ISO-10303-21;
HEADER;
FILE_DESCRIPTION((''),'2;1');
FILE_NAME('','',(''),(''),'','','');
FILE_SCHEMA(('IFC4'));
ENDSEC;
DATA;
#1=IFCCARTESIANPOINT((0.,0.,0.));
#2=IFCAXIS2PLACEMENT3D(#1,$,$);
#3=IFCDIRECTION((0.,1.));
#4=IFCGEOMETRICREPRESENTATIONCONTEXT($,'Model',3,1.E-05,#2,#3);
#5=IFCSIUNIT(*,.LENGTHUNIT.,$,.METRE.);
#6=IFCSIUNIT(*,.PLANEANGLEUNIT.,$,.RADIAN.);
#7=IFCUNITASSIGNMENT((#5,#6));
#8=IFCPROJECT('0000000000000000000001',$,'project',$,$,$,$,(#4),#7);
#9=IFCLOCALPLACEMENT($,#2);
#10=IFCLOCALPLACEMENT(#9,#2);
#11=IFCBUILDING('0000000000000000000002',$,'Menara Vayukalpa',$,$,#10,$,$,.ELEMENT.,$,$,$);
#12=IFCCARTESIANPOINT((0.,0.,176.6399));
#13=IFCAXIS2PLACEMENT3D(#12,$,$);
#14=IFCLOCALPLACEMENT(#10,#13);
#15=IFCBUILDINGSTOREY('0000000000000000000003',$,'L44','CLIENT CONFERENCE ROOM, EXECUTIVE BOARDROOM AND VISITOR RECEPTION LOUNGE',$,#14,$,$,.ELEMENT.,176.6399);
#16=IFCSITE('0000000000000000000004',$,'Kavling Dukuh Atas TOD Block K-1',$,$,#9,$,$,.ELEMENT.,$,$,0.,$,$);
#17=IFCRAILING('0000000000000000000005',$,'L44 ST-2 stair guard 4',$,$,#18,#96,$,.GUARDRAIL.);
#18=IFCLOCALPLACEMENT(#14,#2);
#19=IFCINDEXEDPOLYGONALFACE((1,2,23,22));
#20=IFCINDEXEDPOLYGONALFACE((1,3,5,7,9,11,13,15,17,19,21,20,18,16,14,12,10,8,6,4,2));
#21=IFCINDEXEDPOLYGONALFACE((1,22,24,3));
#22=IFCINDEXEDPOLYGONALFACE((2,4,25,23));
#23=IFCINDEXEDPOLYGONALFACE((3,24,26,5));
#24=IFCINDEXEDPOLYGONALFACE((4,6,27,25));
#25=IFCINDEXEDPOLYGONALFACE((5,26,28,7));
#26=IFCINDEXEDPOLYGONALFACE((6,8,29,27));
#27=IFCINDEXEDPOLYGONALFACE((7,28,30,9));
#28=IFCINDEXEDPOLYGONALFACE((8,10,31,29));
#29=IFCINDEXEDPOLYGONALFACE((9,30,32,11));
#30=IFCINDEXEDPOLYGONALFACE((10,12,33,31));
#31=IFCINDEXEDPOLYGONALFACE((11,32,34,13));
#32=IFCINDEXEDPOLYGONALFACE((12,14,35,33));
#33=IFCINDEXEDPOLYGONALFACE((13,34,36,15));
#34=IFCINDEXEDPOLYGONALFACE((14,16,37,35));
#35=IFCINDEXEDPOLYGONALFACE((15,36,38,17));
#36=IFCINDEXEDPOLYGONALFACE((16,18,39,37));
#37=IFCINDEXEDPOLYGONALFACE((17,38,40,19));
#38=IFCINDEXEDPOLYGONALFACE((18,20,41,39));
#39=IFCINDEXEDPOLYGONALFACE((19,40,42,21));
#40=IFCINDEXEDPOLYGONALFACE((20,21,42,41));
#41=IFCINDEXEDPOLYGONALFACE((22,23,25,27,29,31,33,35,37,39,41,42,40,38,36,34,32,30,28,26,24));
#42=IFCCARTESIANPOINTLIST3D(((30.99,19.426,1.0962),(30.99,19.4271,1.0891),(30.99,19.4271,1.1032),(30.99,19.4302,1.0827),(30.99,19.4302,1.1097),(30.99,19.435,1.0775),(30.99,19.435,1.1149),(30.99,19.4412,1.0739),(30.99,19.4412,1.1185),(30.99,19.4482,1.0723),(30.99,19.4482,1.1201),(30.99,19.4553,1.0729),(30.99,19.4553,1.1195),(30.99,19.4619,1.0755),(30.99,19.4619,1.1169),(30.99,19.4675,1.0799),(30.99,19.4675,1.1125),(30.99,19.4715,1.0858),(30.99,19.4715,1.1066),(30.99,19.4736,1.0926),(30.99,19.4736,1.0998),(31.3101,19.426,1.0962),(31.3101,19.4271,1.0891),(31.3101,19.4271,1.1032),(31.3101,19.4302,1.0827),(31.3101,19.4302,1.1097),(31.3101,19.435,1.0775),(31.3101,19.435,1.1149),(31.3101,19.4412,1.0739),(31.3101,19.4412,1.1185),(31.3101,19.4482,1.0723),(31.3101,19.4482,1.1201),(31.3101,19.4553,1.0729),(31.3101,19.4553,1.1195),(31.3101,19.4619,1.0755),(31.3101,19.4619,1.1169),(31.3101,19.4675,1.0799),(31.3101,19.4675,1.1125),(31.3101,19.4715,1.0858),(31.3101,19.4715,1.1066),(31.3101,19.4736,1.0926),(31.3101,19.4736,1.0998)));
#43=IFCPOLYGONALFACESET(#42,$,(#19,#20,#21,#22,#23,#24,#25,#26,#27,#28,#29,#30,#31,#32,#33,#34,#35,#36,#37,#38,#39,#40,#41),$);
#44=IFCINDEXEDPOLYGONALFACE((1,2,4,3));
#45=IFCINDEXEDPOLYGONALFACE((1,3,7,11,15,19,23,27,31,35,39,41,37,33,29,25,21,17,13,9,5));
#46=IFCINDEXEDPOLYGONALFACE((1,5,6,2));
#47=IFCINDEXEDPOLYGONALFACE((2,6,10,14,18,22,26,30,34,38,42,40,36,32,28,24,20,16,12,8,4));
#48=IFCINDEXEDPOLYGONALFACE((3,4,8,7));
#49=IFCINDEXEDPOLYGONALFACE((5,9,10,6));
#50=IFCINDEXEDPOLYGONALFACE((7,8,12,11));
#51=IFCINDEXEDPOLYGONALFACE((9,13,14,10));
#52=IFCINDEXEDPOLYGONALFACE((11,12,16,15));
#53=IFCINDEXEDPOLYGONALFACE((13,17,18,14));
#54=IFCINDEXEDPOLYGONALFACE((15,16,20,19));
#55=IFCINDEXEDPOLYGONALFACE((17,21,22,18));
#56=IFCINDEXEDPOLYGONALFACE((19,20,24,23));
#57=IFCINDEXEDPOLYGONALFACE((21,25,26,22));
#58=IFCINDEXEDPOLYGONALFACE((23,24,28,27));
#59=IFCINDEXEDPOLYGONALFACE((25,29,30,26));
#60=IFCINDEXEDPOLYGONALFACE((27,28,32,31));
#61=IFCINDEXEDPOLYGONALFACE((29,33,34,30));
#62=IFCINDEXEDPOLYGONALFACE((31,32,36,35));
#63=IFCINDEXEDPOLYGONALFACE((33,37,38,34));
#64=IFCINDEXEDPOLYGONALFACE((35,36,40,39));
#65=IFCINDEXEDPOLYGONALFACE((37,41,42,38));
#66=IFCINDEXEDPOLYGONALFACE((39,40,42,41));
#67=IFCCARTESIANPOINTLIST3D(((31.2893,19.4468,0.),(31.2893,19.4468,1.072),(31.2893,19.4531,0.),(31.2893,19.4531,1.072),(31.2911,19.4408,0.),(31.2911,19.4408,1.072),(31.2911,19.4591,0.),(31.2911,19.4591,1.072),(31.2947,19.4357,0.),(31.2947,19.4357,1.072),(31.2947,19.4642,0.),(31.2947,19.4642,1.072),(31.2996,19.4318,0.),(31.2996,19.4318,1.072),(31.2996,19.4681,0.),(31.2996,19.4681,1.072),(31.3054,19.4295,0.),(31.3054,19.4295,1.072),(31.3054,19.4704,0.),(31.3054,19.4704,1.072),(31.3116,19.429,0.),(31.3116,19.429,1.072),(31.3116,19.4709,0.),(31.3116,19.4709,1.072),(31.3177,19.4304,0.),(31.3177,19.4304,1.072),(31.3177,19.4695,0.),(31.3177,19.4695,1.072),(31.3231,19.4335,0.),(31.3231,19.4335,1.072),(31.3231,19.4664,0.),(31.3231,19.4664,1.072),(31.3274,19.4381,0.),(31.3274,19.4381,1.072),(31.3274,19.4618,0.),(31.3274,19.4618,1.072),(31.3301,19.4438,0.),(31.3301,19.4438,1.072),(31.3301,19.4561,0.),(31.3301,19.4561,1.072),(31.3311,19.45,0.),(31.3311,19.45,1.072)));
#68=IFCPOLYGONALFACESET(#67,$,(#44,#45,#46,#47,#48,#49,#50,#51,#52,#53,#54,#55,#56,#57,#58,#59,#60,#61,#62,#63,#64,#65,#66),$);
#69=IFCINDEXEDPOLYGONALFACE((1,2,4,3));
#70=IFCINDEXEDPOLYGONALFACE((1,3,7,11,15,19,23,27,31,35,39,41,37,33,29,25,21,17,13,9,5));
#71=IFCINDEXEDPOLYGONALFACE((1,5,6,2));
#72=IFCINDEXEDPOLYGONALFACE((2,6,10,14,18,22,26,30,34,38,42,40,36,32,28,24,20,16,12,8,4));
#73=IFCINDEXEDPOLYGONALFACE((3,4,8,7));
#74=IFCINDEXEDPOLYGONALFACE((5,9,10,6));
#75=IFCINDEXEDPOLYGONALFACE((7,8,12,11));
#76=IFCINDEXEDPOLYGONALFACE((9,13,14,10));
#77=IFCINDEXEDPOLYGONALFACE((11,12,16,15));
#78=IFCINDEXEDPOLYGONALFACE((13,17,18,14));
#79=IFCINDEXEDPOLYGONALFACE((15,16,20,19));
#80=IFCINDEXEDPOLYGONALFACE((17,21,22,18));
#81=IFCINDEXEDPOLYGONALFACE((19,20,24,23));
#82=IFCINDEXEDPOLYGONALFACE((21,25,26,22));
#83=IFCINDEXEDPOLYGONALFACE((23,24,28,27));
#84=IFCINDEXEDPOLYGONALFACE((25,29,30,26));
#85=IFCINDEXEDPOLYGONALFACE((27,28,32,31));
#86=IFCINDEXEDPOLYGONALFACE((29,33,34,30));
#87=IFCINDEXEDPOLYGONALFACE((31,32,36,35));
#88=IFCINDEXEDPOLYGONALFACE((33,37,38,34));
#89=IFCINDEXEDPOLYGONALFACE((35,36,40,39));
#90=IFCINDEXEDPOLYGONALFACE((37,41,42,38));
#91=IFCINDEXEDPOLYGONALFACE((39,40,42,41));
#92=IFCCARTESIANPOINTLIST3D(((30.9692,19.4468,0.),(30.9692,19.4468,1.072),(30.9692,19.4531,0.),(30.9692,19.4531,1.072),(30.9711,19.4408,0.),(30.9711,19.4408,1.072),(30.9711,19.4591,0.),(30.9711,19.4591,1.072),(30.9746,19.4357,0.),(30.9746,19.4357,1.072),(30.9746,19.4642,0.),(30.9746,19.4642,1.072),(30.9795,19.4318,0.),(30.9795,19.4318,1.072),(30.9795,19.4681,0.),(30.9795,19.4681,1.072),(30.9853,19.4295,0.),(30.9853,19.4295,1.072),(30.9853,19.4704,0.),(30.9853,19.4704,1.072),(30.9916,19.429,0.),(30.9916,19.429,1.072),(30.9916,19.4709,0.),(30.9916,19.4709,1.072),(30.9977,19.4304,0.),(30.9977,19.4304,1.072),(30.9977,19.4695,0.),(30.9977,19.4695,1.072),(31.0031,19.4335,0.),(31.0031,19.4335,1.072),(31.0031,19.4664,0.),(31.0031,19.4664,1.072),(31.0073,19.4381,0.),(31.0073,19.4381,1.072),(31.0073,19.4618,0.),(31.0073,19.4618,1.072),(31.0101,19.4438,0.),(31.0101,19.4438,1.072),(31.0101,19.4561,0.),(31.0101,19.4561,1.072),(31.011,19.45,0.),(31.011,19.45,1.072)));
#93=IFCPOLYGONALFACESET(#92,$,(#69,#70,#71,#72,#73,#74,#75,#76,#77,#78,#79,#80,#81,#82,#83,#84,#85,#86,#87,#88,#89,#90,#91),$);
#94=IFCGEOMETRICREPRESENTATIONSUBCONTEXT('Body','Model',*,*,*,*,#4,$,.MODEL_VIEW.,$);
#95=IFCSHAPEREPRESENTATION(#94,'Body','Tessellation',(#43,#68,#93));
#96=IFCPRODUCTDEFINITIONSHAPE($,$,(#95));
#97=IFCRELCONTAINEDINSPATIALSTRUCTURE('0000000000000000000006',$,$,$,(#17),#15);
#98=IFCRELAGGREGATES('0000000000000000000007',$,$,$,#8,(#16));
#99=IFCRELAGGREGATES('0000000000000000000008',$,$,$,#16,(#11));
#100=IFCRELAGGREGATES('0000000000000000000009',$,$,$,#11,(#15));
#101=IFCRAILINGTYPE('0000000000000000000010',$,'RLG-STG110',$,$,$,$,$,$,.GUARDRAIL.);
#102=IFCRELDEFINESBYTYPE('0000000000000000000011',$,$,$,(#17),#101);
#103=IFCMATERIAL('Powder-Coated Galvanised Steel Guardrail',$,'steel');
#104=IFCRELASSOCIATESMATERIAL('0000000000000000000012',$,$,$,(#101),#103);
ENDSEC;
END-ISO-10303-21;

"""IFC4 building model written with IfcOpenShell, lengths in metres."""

from ifc_helpers import new_model, si_unit, direction, frame, origin, origin_2d, place, context, subcontext, project, spatial, circle, extrude, material, type_object, element, save


model = new_model("IFC4")

# Units and contexts
model_context = context("Model", 3, precision=1e-05, world=origin(), true_north=direction((0.0, 1.0)))
body_context = subcontext(model_context, "Body", "Model", "MODEL_VIEW")
ifc_project = project(units=[si_unit("LENGTHUNIT", "METRE"), si_unit("PLANEANGLEUNIT", "RADIAN")], contexts=[model_context])

# Site, building, storey
site_placement = place(None, origin())
site = spatial("IfcSite", under=ifc_project, at=site_placement, Name="Kavling Dukuh Atas TOD Block K-1", CompositionType="ELEMENT", RefElevation=0.0)
building_placement = place(site_placement, origin())
building = spatial("IfcBuilding", under=site, at=building_placement, Name="Menara Vayukalpa", CompositionType="ELEMENT")
storey_placement = place(building_placement, frame((0.0, 0.0, 176.6399)))
storey = spatial("IfcBuildingStorey", under=building, at=storey_placement, Name="L44", Description="CLIENT CONFERENCE ROOM, EXECUTIVE BOARDROOM AND VISITOR RECEPTION LOUNGE", CompositionType="ELEMENT", Elevation=176.6399)

# Railing
ifc_material_1 = material(Name="Powder-Coated Galvanised Steel Guardrail", Category="steel")
railing_type_1 = type_object("IfcRailingType", Name="RLG-STG110", PredefinedType="GUARDRAIL", material=ifc_material_1)
railing_1_placement = place(storey_placement, frame((31.3101, 19.45, 0.0)))
element("IfcRailing", 1, at=railing_1_placement, inside=storey, type_object=railing_type_1, Name="L44 ST-2 stair guard 4", PredefinedType="GUARDRAIL", context=body_context, shape_type="SweptSolid", body=[
    extrude(circle(Radius=0.0239, at=origin_2d()), frame((0.0, 0.0, 1.0962), z_axis=(-1.0, 0.0, 0.0), x_axis=(0.0, -1.0, 0.0)), (0.0, 0.0, 1.0), 0.3201),
    extrude(circle(Radius=0.021, at=origin_2d()), origin(), (0.0, 0.0, 1.0), 1.072),
    extrude(circle(Radius=0.021, at=origin_2d()), frame((-0.3201, 0.0, 0.0)), (0.0, 0.0, 1.0), 1.072),
])

save(model, "model.ifc")
